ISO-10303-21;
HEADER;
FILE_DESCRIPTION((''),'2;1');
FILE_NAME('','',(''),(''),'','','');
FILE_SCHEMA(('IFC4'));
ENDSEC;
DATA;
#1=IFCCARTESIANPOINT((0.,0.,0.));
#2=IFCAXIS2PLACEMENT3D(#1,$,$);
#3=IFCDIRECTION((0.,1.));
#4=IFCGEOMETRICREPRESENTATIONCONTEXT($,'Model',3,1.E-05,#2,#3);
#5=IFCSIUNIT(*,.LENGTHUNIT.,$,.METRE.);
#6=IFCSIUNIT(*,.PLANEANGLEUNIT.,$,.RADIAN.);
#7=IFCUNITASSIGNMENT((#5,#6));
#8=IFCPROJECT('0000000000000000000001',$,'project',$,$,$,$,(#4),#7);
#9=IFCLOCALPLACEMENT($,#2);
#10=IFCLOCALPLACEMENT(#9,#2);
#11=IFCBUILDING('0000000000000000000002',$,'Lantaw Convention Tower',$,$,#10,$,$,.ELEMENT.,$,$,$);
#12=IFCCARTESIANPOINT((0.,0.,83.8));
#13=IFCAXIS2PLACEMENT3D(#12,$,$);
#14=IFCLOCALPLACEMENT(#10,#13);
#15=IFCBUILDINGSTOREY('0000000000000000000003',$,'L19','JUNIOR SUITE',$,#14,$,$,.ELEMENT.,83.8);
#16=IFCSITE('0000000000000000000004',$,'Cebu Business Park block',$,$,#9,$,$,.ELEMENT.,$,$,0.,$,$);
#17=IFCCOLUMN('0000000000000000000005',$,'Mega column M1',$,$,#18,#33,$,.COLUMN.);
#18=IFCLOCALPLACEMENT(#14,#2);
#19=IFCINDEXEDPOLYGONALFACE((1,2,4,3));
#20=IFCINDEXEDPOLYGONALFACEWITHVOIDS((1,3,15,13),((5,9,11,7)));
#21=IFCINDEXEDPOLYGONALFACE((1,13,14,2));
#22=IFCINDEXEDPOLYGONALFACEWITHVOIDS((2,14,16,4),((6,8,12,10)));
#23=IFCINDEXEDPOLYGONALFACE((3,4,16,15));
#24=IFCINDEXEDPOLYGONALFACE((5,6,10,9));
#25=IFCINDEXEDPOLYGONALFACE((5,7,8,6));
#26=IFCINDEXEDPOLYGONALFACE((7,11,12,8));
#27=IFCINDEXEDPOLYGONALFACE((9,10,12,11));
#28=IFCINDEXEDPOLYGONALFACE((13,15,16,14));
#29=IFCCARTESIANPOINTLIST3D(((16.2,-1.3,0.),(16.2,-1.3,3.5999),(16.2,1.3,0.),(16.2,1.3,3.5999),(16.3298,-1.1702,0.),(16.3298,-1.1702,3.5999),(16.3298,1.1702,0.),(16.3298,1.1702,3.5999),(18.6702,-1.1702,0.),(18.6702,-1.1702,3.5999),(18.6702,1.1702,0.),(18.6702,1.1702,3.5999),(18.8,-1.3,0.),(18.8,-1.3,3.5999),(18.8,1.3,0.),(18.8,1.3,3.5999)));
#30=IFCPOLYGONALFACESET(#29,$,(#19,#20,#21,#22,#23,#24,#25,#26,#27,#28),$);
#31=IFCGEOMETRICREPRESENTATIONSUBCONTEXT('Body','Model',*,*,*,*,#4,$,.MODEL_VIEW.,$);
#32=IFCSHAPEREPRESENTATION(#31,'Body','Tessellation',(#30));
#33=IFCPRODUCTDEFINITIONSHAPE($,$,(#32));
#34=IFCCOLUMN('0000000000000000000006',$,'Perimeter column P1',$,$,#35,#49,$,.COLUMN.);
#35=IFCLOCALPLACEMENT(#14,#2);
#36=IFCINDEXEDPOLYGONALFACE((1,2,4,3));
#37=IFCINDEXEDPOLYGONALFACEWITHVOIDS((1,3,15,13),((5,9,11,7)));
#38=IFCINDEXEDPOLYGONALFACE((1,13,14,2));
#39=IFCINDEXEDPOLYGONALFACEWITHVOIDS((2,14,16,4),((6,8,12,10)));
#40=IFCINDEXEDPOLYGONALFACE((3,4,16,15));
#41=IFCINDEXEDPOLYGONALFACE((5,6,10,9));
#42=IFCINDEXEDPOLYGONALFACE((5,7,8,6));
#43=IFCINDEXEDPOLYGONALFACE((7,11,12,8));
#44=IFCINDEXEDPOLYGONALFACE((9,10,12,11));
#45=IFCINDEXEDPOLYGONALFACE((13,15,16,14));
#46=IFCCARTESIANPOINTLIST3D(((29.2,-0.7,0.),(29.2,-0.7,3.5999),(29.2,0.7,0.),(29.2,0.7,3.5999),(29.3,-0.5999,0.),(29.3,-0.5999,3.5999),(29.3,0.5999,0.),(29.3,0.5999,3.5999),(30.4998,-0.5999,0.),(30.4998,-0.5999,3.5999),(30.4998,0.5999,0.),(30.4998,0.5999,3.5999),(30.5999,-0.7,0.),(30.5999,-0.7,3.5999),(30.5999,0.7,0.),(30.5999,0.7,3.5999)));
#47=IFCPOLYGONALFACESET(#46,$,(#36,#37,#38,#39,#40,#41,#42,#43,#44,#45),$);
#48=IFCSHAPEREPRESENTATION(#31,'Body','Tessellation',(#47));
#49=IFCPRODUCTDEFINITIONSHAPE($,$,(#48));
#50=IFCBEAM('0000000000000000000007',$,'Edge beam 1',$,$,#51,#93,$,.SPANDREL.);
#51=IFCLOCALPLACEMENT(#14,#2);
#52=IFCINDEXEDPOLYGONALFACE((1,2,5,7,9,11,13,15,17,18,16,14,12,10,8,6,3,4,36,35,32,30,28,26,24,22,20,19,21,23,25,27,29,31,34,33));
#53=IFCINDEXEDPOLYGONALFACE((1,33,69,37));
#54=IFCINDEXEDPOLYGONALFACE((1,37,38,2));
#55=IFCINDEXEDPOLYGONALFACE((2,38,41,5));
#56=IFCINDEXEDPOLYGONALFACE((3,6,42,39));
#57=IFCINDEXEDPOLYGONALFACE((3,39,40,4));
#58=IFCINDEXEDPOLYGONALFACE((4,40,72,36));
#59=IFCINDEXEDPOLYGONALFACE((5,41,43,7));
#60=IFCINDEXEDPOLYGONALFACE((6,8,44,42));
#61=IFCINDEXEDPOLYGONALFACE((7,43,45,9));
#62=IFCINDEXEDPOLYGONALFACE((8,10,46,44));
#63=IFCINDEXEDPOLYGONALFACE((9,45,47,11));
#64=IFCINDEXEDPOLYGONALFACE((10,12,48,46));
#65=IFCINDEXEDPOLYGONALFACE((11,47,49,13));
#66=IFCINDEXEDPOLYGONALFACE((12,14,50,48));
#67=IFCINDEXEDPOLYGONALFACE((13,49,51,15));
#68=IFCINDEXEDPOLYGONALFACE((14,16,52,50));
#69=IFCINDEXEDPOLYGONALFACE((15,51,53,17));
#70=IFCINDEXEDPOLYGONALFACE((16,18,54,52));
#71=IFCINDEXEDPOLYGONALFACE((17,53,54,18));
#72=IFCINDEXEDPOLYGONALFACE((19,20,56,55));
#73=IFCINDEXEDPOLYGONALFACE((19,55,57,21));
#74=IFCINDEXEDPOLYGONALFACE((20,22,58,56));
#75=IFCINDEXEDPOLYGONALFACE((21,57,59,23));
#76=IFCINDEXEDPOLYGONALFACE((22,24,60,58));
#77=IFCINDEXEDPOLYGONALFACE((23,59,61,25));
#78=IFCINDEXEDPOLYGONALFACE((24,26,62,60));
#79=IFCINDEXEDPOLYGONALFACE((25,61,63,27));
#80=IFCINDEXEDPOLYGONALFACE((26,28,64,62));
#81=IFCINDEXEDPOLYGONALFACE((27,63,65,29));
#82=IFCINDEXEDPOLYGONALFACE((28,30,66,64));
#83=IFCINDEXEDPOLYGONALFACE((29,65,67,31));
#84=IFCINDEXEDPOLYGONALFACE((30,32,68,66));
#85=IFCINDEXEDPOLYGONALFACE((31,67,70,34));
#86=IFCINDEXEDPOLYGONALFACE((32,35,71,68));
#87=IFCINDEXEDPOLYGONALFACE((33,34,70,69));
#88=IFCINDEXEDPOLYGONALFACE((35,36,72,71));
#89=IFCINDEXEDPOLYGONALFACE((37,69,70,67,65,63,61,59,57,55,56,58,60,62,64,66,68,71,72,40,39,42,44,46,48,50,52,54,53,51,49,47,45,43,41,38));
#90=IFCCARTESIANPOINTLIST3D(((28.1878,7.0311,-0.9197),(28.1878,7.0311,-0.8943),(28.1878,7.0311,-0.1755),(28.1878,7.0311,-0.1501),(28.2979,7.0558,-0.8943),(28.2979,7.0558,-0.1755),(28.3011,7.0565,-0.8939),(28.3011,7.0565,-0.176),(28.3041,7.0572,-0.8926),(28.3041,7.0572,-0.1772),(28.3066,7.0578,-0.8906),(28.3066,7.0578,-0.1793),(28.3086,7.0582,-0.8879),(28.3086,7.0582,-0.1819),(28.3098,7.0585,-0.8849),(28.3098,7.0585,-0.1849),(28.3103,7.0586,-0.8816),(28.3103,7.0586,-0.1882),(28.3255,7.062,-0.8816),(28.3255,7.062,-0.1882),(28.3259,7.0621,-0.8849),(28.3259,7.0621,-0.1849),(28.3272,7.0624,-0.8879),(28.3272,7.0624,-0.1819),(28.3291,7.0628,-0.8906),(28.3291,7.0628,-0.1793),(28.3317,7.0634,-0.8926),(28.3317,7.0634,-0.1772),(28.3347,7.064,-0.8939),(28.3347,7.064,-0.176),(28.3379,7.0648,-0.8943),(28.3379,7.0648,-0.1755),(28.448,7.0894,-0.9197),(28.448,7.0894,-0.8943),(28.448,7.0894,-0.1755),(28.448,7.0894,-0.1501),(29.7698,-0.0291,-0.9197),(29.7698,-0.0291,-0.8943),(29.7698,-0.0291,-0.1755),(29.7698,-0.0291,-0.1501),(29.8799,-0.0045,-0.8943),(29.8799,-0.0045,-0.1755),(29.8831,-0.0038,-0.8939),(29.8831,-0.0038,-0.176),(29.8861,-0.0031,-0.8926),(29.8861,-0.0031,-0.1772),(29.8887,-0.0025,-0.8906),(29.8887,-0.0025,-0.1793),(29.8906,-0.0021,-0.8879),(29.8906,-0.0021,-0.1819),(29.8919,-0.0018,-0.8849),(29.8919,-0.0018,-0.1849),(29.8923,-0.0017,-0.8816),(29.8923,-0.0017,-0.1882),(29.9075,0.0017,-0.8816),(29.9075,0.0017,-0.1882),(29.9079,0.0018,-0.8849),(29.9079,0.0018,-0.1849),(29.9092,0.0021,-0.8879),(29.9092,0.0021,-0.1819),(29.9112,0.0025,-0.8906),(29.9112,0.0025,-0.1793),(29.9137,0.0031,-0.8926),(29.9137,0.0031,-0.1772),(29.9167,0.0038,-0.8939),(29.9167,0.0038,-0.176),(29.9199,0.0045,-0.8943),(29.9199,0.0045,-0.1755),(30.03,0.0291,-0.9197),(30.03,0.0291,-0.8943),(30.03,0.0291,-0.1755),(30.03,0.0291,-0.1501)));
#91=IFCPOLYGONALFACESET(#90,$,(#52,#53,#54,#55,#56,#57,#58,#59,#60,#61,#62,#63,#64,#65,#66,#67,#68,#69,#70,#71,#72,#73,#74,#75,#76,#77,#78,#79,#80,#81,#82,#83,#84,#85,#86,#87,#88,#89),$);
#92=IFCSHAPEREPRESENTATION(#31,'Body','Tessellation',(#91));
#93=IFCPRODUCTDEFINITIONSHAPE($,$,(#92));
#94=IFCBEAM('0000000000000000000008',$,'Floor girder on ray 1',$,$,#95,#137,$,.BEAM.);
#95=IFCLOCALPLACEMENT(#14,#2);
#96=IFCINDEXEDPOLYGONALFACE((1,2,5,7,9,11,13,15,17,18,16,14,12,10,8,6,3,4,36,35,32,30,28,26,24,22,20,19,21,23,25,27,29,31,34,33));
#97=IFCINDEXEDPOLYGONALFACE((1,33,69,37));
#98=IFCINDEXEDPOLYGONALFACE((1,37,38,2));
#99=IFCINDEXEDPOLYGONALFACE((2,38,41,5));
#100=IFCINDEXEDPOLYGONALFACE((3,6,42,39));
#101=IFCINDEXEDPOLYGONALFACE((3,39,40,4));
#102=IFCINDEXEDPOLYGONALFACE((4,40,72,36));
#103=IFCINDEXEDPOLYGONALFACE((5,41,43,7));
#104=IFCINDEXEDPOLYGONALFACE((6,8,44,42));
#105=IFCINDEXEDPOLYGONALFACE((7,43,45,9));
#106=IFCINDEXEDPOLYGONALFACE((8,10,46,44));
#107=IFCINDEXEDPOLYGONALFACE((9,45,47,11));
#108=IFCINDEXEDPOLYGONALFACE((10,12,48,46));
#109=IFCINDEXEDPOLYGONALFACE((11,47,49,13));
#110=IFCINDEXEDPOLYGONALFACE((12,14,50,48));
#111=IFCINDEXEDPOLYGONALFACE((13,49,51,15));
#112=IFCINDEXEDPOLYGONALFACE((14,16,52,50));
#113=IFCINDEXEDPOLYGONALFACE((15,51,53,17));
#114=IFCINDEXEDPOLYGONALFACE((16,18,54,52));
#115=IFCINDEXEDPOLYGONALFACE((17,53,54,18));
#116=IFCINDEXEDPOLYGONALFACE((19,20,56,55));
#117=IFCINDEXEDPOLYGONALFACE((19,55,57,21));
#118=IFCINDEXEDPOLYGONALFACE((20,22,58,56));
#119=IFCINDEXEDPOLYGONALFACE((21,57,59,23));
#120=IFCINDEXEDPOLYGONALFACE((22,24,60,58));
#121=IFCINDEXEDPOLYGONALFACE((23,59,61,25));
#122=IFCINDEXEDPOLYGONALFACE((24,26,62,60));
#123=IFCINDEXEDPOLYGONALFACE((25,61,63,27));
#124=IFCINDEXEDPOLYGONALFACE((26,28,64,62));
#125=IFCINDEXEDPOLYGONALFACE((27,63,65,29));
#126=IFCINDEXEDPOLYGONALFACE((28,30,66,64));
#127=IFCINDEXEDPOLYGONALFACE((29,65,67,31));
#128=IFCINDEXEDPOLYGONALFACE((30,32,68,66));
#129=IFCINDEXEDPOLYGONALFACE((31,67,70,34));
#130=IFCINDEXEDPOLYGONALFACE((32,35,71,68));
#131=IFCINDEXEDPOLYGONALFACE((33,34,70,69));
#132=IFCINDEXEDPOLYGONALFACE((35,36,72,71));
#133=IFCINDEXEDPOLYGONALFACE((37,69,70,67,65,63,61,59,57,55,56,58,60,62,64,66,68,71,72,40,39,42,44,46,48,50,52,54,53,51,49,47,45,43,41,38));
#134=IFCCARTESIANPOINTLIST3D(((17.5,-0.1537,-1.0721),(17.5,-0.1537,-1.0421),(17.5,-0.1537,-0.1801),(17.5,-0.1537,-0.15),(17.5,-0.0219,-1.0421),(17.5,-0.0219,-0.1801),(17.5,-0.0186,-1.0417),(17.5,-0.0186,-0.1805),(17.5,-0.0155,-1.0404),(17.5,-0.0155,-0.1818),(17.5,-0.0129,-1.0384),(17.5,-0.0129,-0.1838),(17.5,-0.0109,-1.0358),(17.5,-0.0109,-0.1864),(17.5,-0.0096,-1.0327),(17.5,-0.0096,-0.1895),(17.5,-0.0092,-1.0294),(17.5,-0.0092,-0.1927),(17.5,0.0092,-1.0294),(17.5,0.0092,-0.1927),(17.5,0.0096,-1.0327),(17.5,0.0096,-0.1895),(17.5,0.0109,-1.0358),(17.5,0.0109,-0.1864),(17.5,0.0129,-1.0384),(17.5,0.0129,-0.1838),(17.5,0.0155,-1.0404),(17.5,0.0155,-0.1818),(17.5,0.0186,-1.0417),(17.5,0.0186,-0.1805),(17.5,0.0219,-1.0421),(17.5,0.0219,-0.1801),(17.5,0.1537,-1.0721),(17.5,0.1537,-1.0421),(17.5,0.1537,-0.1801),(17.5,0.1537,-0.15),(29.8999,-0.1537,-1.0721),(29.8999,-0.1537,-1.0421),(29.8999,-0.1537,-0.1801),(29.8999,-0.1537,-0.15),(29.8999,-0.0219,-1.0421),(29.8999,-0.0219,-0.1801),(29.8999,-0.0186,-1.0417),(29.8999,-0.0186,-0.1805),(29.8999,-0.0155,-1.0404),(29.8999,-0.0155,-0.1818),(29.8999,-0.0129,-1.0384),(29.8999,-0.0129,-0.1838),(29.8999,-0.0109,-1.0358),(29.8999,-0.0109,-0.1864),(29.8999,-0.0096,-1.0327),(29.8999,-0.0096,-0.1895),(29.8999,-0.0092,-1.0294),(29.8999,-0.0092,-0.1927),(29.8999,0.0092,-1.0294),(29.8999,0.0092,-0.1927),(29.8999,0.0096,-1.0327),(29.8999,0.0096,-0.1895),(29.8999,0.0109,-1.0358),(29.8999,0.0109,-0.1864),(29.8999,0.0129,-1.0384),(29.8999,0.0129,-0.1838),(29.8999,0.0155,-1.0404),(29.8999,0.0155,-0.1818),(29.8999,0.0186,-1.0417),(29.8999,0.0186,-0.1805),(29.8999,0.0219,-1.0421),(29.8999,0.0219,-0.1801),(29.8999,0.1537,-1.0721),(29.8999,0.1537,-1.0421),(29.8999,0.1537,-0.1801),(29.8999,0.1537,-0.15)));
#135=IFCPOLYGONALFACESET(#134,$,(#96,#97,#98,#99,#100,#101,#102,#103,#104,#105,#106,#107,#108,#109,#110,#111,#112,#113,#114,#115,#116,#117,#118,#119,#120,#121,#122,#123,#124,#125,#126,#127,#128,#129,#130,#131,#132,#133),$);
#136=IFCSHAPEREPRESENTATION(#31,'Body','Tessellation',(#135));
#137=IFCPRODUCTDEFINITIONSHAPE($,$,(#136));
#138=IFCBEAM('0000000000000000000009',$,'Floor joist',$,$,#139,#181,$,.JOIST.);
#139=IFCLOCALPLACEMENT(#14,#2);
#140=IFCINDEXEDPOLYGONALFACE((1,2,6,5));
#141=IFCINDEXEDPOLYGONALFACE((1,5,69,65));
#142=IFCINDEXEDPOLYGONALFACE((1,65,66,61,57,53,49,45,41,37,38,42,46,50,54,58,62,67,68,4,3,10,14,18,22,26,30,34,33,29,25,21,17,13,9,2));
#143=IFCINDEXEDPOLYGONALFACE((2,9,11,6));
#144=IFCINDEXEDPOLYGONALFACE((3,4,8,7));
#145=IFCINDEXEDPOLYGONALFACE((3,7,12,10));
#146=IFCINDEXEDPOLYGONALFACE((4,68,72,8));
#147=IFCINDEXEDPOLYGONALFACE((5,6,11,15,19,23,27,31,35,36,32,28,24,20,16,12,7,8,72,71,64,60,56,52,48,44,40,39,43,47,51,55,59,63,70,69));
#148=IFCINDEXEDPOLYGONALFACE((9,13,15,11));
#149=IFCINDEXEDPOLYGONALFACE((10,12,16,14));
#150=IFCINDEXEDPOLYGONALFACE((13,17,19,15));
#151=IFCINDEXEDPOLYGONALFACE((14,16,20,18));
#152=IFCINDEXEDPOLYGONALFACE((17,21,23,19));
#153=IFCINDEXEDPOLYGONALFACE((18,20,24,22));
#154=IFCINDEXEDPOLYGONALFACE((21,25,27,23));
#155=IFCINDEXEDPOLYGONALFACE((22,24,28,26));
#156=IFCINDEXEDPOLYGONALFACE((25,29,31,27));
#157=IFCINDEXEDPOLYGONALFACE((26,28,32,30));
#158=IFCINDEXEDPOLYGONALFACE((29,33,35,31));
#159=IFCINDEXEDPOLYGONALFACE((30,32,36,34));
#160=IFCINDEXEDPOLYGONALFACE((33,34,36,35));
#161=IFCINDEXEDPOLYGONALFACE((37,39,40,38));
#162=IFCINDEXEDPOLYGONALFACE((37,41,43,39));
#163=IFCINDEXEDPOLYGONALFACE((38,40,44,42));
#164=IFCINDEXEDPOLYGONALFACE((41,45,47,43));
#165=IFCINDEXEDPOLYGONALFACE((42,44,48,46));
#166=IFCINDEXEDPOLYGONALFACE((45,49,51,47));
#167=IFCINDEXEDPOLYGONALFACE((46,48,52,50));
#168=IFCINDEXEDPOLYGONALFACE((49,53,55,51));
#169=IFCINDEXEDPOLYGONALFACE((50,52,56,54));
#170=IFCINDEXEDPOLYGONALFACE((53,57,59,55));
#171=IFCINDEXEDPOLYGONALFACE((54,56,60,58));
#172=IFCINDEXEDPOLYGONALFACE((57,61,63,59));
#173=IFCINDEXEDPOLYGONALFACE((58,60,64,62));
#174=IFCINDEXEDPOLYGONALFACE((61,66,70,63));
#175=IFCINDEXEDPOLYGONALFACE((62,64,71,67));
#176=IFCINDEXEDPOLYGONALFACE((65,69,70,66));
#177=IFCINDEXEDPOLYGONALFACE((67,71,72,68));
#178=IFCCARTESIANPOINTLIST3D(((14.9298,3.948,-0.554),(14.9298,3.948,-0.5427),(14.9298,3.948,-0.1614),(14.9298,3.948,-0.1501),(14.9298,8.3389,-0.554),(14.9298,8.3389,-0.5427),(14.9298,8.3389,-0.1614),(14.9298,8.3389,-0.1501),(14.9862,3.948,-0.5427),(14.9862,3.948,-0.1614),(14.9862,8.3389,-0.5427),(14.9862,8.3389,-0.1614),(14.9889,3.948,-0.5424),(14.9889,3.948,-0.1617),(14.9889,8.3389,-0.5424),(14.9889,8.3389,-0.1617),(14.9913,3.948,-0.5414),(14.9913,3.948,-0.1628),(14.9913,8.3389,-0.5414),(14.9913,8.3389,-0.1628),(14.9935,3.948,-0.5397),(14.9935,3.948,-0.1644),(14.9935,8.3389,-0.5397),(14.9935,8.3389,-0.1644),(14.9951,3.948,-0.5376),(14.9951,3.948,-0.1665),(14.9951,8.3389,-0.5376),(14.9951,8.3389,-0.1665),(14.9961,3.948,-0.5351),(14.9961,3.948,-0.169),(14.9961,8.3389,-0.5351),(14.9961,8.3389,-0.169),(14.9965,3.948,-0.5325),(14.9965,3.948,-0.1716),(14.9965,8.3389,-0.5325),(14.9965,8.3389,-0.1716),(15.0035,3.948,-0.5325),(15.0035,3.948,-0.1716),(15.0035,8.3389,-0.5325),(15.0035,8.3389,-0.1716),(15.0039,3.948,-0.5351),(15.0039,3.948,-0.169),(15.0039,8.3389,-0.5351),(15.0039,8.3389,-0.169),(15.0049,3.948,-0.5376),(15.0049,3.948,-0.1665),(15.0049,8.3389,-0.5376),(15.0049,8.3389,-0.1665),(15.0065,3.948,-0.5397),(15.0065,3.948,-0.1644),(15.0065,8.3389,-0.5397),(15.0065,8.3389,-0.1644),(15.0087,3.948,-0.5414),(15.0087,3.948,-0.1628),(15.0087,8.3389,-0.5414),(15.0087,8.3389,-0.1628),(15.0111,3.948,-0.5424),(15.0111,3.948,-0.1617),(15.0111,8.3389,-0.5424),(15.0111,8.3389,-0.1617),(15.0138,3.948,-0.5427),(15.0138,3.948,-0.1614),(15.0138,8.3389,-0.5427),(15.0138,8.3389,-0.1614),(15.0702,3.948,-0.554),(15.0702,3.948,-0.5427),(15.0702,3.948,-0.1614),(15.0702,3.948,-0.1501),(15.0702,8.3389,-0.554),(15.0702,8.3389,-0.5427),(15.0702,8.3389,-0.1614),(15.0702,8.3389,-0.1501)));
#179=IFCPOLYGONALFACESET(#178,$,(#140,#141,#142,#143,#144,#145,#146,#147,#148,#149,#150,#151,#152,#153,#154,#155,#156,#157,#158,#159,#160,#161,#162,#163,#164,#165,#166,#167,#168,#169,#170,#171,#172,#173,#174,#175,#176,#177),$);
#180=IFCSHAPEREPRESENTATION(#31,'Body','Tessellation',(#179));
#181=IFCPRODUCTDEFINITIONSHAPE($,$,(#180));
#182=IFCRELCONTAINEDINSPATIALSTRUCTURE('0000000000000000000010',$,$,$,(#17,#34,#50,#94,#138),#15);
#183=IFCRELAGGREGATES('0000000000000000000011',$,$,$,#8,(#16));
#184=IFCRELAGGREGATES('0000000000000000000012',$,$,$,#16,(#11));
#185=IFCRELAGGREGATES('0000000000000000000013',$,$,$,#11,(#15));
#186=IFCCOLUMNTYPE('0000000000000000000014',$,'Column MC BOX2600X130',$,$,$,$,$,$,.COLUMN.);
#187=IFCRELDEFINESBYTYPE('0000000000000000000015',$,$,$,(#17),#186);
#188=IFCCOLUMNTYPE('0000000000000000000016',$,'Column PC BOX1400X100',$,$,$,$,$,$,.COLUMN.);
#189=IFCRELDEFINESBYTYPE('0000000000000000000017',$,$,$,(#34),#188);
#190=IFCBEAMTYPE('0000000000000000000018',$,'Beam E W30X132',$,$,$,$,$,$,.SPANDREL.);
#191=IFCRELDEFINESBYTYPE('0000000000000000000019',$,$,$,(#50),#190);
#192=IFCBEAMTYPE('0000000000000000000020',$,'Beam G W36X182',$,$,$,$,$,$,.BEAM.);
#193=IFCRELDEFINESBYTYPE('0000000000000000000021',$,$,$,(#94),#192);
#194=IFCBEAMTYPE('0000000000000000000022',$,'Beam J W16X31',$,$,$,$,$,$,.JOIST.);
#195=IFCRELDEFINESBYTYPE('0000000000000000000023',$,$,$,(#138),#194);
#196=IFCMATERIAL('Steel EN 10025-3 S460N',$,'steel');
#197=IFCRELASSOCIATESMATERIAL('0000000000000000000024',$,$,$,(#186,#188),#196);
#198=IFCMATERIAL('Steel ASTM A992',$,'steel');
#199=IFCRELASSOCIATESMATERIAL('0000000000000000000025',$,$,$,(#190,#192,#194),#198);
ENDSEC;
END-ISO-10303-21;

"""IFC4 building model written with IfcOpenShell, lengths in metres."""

from ifc_helpers import new_model, si_unit, direction, frame, origin, origin_2d, place, context, subcontext, project, spatial, rectangle, hollow_rectangle, i_section, extrude, material, material_profile, profile_set, type_object, element, save


model = new_model("IFC4")

# Units and contexts
model_context = context("Model", 3, precision=1e-05, world=origin(), true_north=direction((0.0, 1.0)))
body_context = subcontext(model_context, "Body", "Model", "MODEL_VIEW")
ifc_project = project(units=[si_unit("LENGTHUNIT", "METRE"), si_unit("PLANEANGLEUNIT", "RADIAN")], contexts=[model_context])

# Site, building, storey
site_placement = place(None, origin())
site = spatial("IfcSite", under=ifc_project, at=site_placement, Name="Cebu Business Park block", CompositionType="ELEMENT", RefElevation=0.0)
building_placement = place(site_placement, origin())
building = spatial("IfcBuilding", under=site, at=building_placement, Name="Lantaw Convention Tower", CompositionType="ELEMENT")
storey_placement = place(building_placement, frame((0.0, 0.0, 83.8)))
storey = spatial("IfcBuildingStorey", under=building, at=storey_placement, Name="L19", Description="JUNIOR SUITE", CompositionType="ELEMENT", Elevation=83.8)

# Columns
ifc_material_1 = material(Name="Steel EN 10025-3 S460N", Category="steel")
ifc_material_profile_1 = material_profile(ifc_material_1, hollow_rectangle(XDim=2.6001, YDim=2.6001, WallThickness=0.1299, at=origin_2d()), Name="BOX2600X130")
ifc_material_2 = material(Name="Concrete C60/75", Category="concrete")
ifc_material_profile_2 = material_profile(ifc_material_2, rectangle(XDim=2.3401, YDim=2.3401, at=origin_2d()), Name="Concrete fill of BOX2600X130")
ifc_profile_set_1 = profile_set([ifc_material_profile_1, ifc_material_profile_2], Name="Steel EN 10025-3 S460N")
column_type_1 = type_object("IfcColumnType", Name="Column MC BOX2600X130", PredefinedType="COLUMN", material=ifc_profile_set_1)
column_1_placement = place(storey_placement, frame((17.5, 0.0, 0.0), z_axis=(0.0, 0.0, 1.0), x_axis=(1.0, 0.0, 0.0)))
element("IfcColumn", 1, at=column_1_placement, inside=storey, type_object=column_type_1, Name="Mega column M1", PredefinedType="COLUMN", context=body_context, shape_type="SweptSolid", body=[
    extrude(hollow_rectangle(XDim=2.6001, YDim=2.6001, WallThickness=0.1299, at=origin_2d()), origin(), (0.0, 0.0, 1.0), 3.5999),
])
ifc_material_profile_3 = material_profile(ifc_material_1, hollow_rectangle(XDim=1.3999, YDim=1.3999, WallThickness=0.1001, at=origin_2d()), Name="BOX1400X100")
ifc_material_profile_4 = material_profile(ifc_material_2, rectangle(XDim=1.2, YDim=1.2, at=origin_2d()), Name="Concrete fill of BOX1400X100")
ifc_profile_set_2 = profile_set([ifc_material_profile_3, ifc_material_profile_4], Name="Steel EN 10025-3 S460N")
column_type_2 = type_object("IfcColumnType", Name="Column PC BOX1400X100", PredefinedType="COLUMN", material=ifc_profile_set_2)
column_2_placement = place(storey_placement, frame((29.8999, 0.0, 0.0), z_axis=(0.0, 0.0, 1.0), x_axis=(1.0, 0.0, 0.0)))
element("IfcColumn", 2, at=column_2_placement, inside=storey, type_object=column_type_2, Name="Perimeter column P1", PredefinedType="COLUMN", context=body_context, shape_type="SweptSolid", body=[
    extrude(hollow_rectangle(XDim=1.3999, YDim=1.3999, WallThickness=0.1001, at=origin_2d()), origin(), (0.0, 0.0, 1.0), 3.5999),
])

# Beams
ifc_material_3 = material(Name="Steel ASTM A992", Category="steel")
ifc_material_profile_5 = material_profile(ifc_material_3, i_section(OverallWidth=0.2666, OverallDepth=0.7695, WebThickness=0.0156, FlangeThickness=0.0254, FilletRadius=0.0127, at=origin_2d()), Name="W30X132")
ifc_profile_set_3 = profile_set([ifc_material_profile_5], Name="Steel ASTM A992")
beam_type_1 = type_object("IfcBeamType", Name="Beam E W30X132", PredefinedType="SPANDREL", material=ifc_profile_set_3)
beam_1_placement = place(storey_placement, frame((29.8999, 0.0, -0.5349), z_axis=(-0.218652, 0.975803, 0.0), x_axis=(-0.975803, -0.218652, 0.0)))
element("IfcBeam", 3, at=beam_1_placement, inside=storey, type_object=beam_type_1, Name="Edge beam 1", PredefinedType="SPANDREL", context=body_context, shape_type="SweptSolid", body=[
    extrude(i_section(OverallWidth=0.2666, OverallDepth=0.7695, WebThickness=0.0156, FlangeThickness=0.0254, FilletRadius=0.0127, at=origin_2d()), origin(), (0.0, 0.0, 1.0), 7.2354),
])
ifc_material_profile_6 = material_profile(ifc_material_3, i_section(OverallWidth=0.3074, OverallDepth=0.9221, WebThickness=0.0183, FlangeThickness=0.03, FilletRadius=0.0127, at=origin_2d()), Name="W36X182")
ifc_profile_set_4 = profile_set([ifc_material_profile_6], Name="Steel ASTM A992")
beam_type_2 = type_object("IfcBeamType", Name="Beam G W36X182", PredefinedType="BEAM", material=ifc_profile_set_4)
beam_2_placement = place(storey_placement, frame((17.5, 0.0, -0.6111), z_axis=(1.0, 0.0, 0.0), x_axis=(0.0, 1.0, 0.0)))
element("IfcBeam", 4, at=beam_2_placement, inside=storey, type_object=beam_type_2, Name="Floor girder on ray 1", PredefinedType="BEAM", context=body_context, shape_type="SweptSolid", body=[
    extrude(i_section(OverallWidth=0.3074, OverallDepth=0.9221, WebThickness=0.0183, FlangeThickness=0.03, FilletRadius=0.0127, at=origin_2d()), origin(), (0.0, 0.0, 1.0), 12.3999),
])
ifc_material_profile_7 = material_profile(ifc_material_3, i_section(OverallWidth=0.1404, OverallDepth=0.4038, WebThickness=0.0071, FlangeThickness=0.0112, FilletRadius=0.0103, at=origin_2d()), Name="W16X31")
ifc_profile_set_5 = profile_set([ifc_material_profile_7], Name="Steel ASTM A992")
beam_type_3 = type_object("IfcBeamType", Name="Beam J W16X31", PredefinedType="JOIST", material=ifc_profile_set_5)
beam_3_placement = place(storey_placement, frame((15.0, 3.948, -0.3521), z_axis=(0.0, 1.0, 0.0), x_axis=(-1.0, 0.0, 0.0)))
element("IfcBeam", 5, at=beam_3_placement, inside=storey, type_object=beam_type_3, Name="Floor joist", PredefinedType="JOIST", context=body_context, shape_type="SweptSolid", body=[
    extrude(i_section(OverallWidth=0.1404, OverallDepth=0.4038, WebThickness=0.0071, FlangeThickness=0.0112, FilletRadius=0.0103, at=origin_2d()), origin(), (0.0, 0.0, 1.0), 4.3909),
])

save(model, "model.ifc")
